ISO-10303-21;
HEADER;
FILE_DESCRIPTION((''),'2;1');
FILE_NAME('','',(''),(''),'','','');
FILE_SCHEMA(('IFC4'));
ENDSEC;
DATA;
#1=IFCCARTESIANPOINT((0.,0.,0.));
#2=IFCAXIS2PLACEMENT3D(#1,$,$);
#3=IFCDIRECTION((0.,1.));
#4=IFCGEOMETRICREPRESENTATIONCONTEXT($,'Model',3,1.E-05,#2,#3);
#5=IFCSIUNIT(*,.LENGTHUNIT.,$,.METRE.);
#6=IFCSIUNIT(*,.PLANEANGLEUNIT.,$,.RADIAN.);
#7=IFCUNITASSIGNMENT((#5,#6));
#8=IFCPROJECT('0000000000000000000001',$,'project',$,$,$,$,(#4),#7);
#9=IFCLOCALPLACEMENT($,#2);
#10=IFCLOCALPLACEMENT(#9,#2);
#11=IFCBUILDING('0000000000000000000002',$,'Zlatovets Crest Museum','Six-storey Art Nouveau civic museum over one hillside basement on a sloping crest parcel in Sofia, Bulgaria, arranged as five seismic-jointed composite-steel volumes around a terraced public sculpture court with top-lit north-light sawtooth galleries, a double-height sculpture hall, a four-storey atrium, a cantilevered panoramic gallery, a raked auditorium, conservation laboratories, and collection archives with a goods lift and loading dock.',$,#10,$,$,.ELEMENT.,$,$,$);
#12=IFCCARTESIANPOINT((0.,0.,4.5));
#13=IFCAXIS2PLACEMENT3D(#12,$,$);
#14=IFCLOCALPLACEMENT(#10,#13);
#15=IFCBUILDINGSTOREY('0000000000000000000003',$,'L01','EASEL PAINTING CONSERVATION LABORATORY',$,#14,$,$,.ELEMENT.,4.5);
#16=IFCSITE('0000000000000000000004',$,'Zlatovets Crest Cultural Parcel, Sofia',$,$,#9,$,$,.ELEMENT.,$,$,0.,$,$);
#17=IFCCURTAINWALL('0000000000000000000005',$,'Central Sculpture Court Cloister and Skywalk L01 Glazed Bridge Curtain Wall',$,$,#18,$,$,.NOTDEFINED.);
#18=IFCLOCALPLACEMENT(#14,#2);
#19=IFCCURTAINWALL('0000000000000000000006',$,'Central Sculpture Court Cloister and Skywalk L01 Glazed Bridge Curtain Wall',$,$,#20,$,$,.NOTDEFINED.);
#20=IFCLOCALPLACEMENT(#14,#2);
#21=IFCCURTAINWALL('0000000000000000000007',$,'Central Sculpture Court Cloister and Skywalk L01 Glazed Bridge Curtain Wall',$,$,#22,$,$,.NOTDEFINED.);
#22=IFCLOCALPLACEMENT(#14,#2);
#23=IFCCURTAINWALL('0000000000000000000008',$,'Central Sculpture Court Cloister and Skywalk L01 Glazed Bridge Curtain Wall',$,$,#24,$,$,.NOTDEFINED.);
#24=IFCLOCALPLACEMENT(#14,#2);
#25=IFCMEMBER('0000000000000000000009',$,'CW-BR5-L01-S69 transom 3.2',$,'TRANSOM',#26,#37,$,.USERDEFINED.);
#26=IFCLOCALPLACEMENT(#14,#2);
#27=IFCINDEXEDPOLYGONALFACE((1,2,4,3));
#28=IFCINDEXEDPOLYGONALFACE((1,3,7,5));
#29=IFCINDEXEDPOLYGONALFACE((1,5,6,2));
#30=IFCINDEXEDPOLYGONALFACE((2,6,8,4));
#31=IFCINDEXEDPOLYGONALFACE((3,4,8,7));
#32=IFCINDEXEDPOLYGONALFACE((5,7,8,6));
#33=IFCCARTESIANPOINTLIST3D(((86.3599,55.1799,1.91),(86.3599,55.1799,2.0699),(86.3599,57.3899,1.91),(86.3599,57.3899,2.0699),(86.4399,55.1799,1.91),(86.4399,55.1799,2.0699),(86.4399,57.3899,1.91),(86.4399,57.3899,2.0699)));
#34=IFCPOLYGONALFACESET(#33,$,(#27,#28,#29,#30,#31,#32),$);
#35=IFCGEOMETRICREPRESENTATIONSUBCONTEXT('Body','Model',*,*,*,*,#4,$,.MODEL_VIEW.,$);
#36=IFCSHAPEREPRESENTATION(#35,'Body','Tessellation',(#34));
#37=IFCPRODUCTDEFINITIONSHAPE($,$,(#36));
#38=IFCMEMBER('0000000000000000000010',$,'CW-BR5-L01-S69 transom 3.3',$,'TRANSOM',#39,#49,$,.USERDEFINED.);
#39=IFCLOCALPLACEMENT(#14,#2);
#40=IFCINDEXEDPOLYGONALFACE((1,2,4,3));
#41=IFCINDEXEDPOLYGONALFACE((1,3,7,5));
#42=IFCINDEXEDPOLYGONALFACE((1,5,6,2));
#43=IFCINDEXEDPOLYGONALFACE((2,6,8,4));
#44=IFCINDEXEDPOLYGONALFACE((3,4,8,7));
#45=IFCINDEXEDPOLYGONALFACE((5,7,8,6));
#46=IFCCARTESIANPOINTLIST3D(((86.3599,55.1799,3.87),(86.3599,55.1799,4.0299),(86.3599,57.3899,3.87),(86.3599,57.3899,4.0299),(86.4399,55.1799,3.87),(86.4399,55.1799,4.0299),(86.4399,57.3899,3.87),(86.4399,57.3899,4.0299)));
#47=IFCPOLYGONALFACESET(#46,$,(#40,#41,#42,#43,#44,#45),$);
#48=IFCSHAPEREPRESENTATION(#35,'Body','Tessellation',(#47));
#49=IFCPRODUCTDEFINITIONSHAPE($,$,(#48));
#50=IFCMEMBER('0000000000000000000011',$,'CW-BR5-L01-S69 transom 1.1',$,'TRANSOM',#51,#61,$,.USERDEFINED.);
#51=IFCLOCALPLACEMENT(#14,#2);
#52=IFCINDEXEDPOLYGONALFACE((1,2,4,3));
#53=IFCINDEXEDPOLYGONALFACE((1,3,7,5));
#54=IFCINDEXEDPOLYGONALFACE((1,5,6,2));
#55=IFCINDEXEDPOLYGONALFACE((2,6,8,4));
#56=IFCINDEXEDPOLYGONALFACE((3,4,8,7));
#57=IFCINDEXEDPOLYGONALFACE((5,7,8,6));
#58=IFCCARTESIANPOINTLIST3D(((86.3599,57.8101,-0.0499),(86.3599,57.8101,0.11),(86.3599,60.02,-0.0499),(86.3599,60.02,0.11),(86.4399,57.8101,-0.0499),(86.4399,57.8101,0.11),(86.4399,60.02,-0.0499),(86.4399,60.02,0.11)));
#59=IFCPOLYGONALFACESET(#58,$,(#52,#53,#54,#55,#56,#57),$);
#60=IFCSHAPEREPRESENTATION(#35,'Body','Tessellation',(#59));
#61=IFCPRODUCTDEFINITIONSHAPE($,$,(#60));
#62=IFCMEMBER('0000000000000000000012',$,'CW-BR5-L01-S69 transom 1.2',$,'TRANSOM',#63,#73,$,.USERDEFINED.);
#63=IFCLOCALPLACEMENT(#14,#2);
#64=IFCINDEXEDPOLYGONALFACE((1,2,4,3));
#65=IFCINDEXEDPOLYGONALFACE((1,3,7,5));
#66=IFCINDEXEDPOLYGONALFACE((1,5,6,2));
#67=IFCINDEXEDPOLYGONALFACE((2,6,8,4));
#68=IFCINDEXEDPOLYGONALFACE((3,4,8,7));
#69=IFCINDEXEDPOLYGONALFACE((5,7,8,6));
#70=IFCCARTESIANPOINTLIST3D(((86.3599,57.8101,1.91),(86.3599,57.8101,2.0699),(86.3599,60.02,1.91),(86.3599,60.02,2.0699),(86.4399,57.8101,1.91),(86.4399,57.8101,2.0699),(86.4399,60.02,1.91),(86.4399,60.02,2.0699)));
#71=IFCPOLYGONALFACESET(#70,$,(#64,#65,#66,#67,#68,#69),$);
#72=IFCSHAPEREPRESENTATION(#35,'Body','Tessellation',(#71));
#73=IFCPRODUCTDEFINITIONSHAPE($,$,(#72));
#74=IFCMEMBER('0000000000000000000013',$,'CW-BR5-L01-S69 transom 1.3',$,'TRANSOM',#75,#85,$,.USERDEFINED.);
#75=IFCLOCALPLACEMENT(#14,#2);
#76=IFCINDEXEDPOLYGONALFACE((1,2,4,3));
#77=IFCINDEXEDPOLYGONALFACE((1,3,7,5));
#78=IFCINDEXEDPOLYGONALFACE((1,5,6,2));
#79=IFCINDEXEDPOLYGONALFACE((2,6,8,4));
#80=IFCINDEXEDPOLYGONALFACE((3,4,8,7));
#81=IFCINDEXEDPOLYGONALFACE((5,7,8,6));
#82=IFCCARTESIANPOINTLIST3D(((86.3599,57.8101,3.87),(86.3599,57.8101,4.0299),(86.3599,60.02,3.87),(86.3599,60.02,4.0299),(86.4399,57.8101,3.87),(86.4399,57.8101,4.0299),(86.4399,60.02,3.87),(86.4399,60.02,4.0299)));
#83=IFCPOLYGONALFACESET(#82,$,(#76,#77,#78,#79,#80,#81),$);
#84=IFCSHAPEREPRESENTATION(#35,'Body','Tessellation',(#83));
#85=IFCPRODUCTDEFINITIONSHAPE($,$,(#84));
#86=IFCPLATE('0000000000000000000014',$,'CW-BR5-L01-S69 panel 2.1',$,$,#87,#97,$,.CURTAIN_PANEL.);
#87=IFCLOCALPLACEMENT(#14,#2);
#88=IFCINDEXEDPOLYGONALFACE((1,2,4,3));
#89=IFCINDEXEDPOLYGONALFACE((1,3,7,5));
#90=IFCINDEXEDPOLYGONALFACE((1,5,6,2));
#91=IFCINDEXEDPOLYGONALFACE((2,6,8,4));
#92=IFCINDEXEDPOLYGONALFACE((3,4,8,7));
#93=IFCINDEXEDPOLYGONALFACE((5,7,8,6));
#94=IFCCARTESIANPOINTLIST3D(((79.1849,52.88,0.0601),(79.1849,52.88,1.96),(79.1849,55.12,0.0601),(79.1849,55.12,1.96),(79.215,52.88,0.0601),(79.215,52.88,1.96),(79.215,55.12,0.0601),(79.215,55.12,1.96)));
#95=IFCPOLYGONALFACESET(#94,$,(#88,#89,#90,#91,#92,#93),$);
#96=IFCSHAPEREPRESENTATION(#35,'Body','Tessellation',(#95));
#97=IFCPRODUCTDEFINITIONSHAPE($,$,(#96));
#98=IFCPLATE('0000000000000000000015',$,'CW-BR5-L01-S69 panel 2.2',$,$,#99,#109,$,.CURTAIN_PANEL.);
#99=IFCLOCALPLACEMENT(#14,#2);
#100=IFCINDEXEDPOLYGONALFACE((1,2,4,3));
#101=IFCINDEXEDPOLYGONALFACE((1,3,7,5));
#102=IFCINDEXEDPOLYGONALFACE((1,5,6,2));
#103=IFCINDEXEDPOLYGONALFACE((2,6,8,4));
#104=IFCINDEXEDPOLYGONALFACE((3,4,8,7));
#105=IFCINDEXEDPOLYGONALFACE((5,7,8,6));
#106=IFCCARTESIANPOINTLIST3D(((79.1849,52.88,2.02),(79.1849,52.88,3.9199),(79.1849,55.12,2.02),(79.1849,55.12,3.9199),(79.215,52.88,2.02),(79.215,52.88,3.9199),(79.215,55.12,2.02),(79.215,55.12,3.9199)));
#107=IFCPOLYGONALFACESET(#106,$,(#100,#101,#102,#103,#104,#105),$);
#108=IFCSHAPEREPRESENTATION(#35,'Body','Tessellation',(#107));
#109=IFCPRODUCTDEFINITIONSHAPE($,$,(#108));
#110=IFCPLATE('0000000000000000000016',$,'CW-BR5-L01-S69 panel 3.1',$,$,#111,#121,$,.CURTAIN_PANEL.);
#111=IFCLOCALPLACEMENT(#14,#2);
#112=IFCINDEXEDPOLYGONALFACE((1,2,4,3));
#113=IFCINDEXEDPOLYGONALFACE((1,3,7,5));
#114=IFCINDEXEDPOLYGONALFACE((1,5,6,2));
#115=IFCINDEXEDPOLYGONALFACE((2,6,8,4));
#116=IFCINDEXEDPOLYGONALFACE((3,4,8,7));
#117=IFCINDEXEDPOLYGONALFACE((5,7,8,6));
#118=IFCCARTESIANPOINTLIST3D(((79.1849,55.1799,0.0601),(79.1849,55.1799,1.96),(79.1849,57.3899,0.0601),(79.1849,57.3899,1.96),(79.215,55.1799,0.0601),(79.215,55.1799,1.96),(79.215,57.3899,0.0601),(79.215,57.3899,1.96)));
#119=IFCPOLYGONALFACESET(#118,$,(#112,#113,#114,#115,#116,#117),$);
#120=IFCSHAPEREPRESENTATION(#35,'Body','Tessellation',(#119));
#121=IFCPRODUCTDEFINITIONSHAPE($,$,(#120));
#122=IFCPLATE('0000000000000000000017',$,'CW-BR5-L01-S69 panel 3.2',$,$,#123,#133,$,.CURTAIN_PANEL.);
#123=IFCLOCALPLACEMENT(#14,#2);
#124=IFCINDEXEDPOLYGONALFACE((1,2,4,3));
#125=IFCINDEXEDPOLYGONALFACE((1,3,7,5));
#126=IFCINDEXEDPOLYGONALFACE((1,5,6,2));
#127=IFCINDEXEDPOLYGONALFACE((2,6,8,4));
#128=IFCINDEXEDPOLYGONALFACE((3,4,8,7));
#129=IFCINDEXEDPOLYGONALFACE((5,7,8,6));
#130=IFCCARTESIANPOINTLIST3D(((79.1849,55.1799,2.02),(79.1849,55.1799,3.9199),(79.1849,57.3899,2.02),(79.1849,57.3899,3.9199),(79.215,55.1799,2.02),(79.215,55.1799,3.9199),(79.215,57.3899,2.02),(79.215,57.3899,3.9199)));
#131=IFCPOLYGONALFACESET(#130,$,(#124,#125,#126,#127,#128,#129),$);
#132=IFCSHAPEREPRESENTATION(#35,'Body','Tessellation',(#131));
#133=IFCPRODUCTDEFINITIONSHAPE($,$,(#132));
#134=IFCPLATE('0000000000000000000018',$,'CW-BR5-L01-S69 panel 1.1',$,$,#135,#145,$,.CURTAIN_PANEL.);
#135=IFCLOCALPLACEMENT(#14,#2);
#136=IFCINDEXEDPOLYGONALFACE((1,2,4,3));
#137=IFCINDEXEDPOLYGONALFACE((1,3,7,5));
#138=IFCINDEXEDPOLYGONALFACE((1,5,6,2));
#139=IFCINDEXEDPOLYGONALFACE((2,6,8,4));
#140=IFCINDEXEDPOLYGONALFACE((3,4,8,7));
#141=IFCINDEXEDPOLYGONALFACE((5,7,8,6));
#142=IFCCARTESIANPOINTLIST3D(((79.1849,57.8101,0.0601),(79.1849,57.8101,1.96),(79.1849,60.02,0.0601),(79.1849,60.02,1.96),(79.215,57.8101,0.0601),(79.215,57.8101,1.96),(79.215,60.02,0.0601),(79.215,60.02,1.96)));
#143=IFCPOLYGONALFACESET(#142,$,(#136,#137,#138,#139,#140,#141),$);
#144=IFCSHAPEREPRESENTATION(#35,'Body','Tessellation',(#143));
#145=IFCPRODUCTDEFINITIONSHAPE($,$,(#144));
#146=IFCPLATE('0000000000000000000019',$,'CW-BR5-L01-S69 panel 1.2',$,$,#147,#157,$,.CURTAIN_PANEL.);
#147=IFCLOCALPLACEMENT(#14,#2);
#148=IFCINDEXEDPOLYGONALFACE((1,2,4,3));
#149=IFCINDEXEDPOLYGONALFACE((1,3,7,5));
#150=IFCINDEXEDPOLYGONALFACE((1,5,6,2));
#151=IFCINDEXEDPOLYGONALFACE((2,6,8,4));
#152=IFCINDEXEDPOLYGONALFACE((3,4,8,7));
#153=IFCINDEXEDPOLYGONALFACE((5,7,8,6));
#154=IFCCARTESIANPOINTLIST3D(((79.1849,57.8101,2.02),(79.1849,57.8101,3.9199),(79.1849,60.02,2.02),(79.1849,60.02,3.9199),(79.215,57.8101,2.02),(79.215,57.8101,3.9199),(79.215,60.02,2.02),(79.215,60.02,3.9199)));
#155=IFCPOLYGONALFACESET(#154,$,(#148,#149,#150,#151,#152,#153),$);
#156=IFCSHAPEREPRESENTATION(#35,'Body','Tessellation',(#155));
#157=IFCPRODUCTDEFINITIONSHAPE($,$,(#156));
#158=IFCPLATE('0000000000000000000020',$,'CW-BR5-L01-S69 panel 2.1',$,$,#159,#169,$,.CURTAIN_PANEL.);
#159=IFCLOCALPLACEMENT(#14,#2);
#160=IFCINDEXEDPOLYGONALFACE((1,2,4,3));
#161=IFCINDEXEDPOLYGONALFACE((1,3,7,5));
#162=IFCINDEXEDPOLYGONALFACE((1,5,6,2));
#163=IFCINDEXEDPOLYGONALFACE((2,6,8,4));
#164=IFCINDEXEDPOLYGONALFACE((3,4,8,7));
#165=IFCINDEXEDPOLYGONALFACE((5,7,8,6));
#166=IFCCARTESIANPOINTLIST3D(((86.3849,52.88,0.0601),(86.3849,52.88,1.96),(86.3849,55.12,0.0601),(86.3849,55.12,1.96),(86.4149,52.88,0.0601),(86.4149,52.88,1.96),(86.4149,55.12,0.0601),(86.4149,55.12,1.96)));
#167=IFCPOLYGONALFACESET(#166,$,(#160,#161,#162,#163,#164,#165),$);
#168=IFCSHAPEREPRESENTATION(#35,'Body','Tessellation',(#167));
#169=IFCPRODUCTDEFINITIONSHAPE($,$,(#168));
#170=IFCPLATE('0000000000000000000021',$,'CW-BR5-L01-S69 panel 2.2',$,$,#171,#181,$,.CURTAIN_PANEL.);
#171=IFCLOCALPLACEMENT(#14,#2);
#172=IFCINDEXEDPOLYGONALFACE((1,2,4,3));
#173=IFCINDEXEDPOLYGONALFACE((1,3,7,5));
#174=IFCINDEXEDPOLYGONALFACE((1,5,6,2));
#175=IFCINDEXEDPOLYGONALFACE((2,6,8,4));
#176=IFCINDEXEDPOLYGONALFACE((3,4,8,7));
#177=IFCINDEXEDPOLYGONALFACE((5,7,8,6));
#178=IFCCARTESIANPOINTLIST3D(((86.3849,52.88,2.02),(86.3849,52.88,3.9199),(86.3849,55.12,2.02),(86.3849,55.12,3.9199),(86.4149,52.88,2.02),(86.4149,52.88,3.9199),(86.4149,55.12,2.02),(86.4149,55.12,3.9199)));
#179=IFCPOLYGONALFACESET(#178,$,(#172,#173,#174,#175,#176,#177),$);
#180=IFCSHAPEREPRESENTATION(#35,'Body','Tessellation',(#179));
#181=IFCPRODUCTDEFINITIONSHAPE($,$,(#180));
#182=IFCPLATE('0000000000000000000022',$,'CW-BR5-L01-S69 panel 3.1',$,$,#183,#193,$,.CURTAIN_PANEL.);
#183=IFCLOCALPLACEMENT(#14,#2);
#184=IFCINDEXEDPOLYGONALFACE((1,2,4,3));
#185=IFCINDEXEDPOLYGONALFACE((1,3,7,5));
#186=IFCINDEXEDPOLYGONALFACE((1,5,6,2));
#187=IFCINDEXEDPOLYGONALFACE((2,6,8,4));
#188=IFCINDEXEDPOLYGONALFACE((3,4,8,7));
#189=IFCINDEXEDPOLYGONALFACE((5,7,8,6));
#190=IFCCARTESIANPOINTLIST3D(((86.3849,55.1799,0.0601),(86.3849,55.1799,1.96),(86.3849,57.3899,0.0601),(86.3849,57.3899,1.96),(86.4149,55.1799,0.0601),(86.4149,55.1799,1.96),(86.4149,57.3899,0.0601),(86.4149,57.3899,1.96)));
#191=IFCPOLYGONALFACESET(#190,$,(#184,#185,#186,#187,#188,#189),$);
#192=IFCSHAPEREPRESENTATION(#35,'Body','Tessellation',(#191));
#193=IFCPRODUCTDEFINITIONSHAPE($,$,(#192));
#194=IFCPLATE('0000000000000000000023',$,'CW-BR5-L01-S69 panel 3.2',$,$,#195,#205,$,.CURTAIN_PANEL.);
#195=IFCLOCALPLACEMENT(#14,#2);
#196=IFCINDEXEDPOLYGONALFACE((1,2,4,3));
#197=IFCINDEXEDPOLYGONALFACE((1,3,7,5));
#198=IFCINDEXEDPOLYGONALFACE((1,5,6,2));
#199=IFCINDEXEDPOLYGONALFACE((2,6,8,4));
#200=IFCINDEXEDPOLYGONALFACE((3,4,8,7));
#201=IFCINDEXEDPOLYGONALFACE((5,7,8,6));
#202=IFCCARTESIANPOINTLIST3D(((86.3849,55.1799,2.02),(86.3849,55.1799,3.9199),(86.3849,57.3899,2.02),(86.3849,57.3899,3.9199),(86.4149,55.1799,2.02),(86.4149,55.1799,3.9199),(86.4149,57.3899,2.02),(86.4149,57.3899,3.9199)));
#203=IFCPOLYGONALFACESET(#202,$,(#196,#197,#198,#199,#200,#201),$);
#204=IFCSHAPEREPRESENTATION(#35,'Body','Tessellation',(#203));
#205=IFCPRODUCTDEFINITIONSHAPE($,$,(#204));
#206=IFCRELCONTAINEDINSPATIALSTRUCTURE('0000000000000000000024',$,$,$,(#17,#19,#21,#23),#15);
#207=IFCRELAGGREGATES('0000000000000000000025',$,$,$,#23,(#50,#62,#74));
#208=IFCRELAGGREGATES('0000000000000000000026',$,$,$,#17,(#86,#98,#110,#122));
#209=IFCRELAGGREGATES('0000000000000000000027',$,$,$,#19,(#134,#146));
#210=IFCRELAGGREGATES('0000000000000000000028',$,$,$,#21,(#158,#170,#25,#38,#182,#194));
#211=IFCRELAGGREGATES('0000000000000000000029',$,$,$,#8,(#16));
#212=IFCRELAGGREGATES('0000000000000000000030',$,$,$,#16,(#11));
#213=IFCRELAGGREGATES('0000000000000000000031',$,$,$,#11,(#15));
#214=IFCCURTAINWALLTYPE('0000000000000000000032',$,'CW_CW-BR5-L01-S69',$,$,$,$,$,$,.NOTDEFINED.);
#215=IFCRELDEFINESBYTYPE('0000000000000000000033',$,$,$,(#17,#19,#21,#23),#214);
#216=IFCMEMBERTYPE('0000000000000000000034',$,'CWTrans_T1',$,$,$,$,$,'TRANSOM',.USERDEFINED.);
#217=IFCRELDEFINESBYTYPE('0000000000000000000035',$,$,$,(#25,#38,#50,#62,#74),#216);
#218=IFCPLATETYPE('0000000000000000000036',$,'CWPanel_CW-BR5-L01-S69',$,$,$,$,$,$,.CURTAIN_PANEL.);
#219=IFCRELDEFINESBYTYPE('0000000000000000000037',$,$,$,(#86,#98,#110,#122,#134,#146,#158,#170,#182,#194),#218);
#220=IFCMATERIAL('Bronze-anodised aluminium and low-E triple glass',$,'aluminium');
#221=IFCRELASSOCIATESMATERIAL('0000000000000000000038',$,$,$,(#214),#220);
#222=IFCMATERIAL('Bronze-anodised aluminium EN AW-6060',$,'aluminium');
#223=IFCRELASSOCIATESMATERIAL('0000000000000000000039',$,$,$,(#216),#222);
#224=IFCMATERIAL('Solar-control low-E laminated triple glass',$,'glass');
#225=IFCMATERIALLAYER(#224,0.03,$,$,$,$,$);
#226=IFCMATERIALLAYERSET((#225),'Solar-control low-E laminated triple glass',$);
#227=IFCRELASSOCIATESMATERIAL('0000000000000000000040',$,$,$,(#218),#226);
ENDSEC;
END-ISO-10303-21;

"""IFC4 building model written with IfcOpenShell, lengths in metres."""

from ifc_helpers import new_model, si_unit, direction, frame, origin, origin_2d, place, context, subcontext, project, spatial, rectangle, extrude, material, layer, layer_set, material_profile, profile_set, type_object, element, aggregate, save


model = new_model("IFC4")

# Units and contexts
model_context = context("Model", 3, precision=1e-05, world=origin(), true_north=direction((0.0, 1.0)))
body_context = subcontext(model_context, "Body", "Model", "MODEL_VIEW")
ifc_project = project(units=[si_unit("LENGTHUNIT", "METRE"), si_unit("PLANEANGLEUNIT", "RADIAN")], contexts=[model_context])

# Site, building, storey
site_placement = place(None, origin())
site = spatial("IfcSite", under=ifc_project, at=site_placement, Name="Zlatovets Crest Cultural Parcel, Sofia", CompositionType="ELEMENT", RefElevation=0.0)
building_placement = place(site_placement, origin())
building = spatial("IfcBuilding", under=site, at=building_placement, Name="Zlatovets Crest Museum", Description="Six-storey Art Nouveau civic museum over one hillside basement on a sloping crest parcel in Sofia, Bulgaria, arranged as five seismic-jointed composite-steel volumes around a terraced public sculpture court with top-lit north-light sawtooth galleries, a double-height sculpture hall, a four-storey atrium, a cantilevered panoramic gallery, a raked auditorium, conservation laboratories, and collection archives with a goods lift and loading dock.", CompositionType="ELEMENT")
storey_placement = place(building_placement, frame((0.0, 0.0, 4.5)))
storey = spatial("IfcBuildingStorey", under=building, at=storey_placement, Name="L01", Description="EASEL PAINTING CONSERVATION LABORATORY", CompositionType="ELEMENT", Elevation=4.5)

# Curtain wall
ifc_material_1 = material(Name="Bronze-anodised aluminium and low-E triple glass", Category="aluminium")
curtain_wall_type = type_object("IfcCurtainWallType", Name="CW_CW-BR5-L01-S69", PredefinedType="NOTDEFINED", material=ifc_material_1)
curtain_wall_1_placement = place(storey_placement, origin())
curtain_wall_1 = element("IfcCurtainWall", 1, at=curtain_wall_1_placement, inside=storey, type_object=curtain_wall_type, Name="Central Sculpture Court Cloister and Skywalk L01 Glazed Bridge Curtain Wall", PredefinedType="NOTDEFINED")
ifc_material_2 = material(Name="Bronze-anodised aluminium EN AW-6060", Category="aluminium")

# Curtain wall
curtain_wall_2_placement = place(storey_placement, origin())
curtain_wall_2 = element("IfcCurtainWall", 2, at=curtain_wall_2_placement, inside=storey, type_object=curtain_wall_type, Name="Central Sculpture Court Cloister and Skywalk L01 Glazed Bridge Curtain Wall", PredefinedType="NOTDEFINED")

# Curtain wall
curtain_wall_3_placement = place(storey_placement, origin())
curtain_wall_3 = element("IfcCurtainWall", 3, at=curtain_wall_3_placement, inside=storey, type_object=curtain_wall_type, Name="Central Sculpture Court Cloister and Skywalk L01 Glazed Bridge Curtain Wall", PredefinedType="NOTDEFINED")

# Curtain wall
curtain_wall_4_placement = place(storey_placement, origin())
curtain_wall_4 = element("IfcCurtainWall", 4, at=curtain_wall_4_placement, inside=storey, type_object=curtain_wall_type, Name="Central Sculpture Court Cloister and Skywalk L01 Glazed Bridge Curtain Wall", PredefinedType="NOTDEFINED")

# Members
ifc_material_profile_1 = material_profile(ifc_material_2, rectangle(XDim=0.0801, YDim=0.1599, at=origin_2d()), Name="ALU 80x160")
ifc_profile_set_1 = profile_set([ifc_material_profile_1], Name="Bronze-anodised aluminium EN AW-6060")
member_type_1 = type_object("IfcMemberType", Name="CWTrans_T1", ElementType="TRANSOM", PredefinedType="USERDEFINED", material=ifc_profile_set_1)
member_1_placement = place(storey_placement, frame((86.3999, 55.1799, 1.99), z_axis=(0.0, 1.0, 0.0), x_axis=(-1.0, 0.0, 0.0)))
member_1 = element("IfcMember", 5, at=member_1_placement, type_object=member_type_1, Name="CW-BR5-L01-S69 transom 3.2", ObjectType="TRANSOM", PredefinedType="USERDEFINED", context=body_context, shape_type="SweptSolid", body=[
    extrude(rectangle(XDim=0.0801, YDim=0.1599, at=origin_2d()), origin(), (0.0, 0.0, 1.0), 2.21),
])
member_2_placement = place(storey_placement, frame((86.3999, 55.1799, 3.95), z_axis=(0.0, 1.0, 0.0), x_axis=(-1.0, 0.0, 0.0)))
member_2 = element("IfcMember", 6, at=member_2_placement, type_object=member_type_1, Name="CW-BR5-L01-S69 transom 3.3", ObjectType="TRANSOM", PredefinedType="USERDEFINED", context=body_context, shape_type="SweptSolid", body=[
    extrude(rectangle(XDim=0.0801, YDim=0.1599, at=origin_2d()), origin(), (0.0, 0.0, 1.0), 2.21),
])
member_3_placement = place(storey_placement, frame((86.3999, 57.8101, 0.03), z_axis=(0.0, 1.0, 0.0), x_axis=(-1.0, 0.0, 0.0)))
member_3 = element("IfcMember", 7, at=member_3_placement, type_object=member_type_1, Name="CW-BR5-L01-S69 transom 1.1", ObjectType="TRANSOM", PredefinedType="USERDEFINED", context=body_context, shape_type="SweptSolid", body=[
    extrude(rectangle(XDim=0.0801, YDim=0.1599, at=origin_2d()), origin(), (0.0, 0.0, 1.0), 2.21),
])
member_4_placement = place(storey_placement, frame((86.3999, 57.8101, 1.99), z_axis=(0.0, 1.0, 0.0), x_axis=(-1.0, 0.0, 0.0)))
member_4 = element("IfcMember", 8, at=member_4_placement, type_object=member_type_1, Name="CW-BR5-L01-S69 transom 1.2", ObjectType="TRANSOM", PredefinedType="USERDEFINED", context=body_context, shape_type="SweptSolid", body=[
    extrude(rectangle(XDim=0.0801, YDim=0.1599, at=origin_2d()), origin(), (0.0, 0.0, 1.0), 2.21),
])
member_5_placement = place(storey_placement, frame((86.3999, 57.8101, 3.95), z_axis=(0.0, 1.0, 0.0), x_axis=(-1.0, 0.0, 0.0)))
member_5 = element("IfcMember", 9, at=member_5_placement, type_object=member_type_1, Name="CW-BR5-L01-S69 transom 1.3", ObjectType="TRANSOM", PredefinedType="USERDEFINED", context=body_context, shape_type="SweptSolid", body=[
    extrude(rectangle(XDim=0.0801, YDim=0.1599, at=origin_2d()), origin(), (0.0, 0.0, 1.0), 2.21),
])
aggregate(curtain_wall_4, [member_3, member_4, member_5])

# Plates
ifc_material_3 = material(Name="Solar-control low-E laminated triple glass", Category="glass")
ifc_layer = layer(ifc_material_3, 0.03)
ifc_layer_set = layer_set([ifc_layer], Name="Solar-control low-E laminated triple glass")
plate_type = type_object("IfcPlateType", Name="CWPanel_CW-BR5-L01-S69", PredefinedType="CURTAIN_PANEL", material=ifc_layer_set)
plate_1_placement = place(storey_placement, frame((79.2, 54.0, 0.0601), z_axis=(0.0, 0.0, 1.0), x_axis=(0.0, 1.0, 0.0)))
plate_1 = element("IfcPlate", 10, at=plate_1_placement, type_object=plate_type, Name="CW-BR5-L01-S69 panel 2.1", PredefinedType="CURTAIN_PANEL", context=body_context, shape_type="SweptSolid", body=[
    extrude(rectangle(XDim=2.24, YDim=0.03, at=origin_2d()), origin(), (0.0, 0.0, 1.0), 1.8999),
])
plate_2_placement = place(storey_placement, frame((79.2, 54.0, 2.02), z_axis=(0.0, 0.0, 1.0), x_axis=(0.0, 1.0, 0.0)))
plate_2 = element("IfcPlate", 11, at=plate_2_placement, type_object=plate_type, Name="CW-BR5-L01-S69 panel 2.2", PredefinedType="CURTAIN_PANEL", context=body_context, shape_type="SweptSolid", body=[
    extrude(rectangle(XDim=2.24, YDim=0.03, at=origin_2d()), origin(), (0.0, 0.0, 1.0), 1.8999),
])
plate_3_placement = place(storey_placement, frame((79.2, 56.2849, 0.0601), z_axis=(0.0, 0.0, 1.0), x_axis=(0.0, 1.0, 0.0)))
plate_3 = element("IfcPlate", 12, at=plate_3_placement, type_object=plate_type, Name="CW-BR5-L01-S69 panel 3.1", PredefinedType="CURTAIN_PANEL", context=body_context, shape_type="SweptSolid", body=[
    extrude(rectangle(XDim=2.21, YDim=0.03, at=origin_2d()), origin(), (0.0, 0.0, 1.0), 1.8999),
])
plate_4_placement = place(storey_placement, frame((79.2, 56.2849, 2.02), z_axis=(0.0, 0.0, 1.0), x_axis=(0.0, 1.0, 0.0)))
plate_4 = element("IfcPlate", 13, at=plate_4_placement, type_object=plate_type, Name="CW-BR5-L01-S69 panel 3.2", PredefinedType="CURTAIN_PANEL", context=body_context, shape_type="SweptSolid", body=[
    extrude(rectangle(XDim=2.21, YDim=0.03, at=origin_2d()), origin(), (0.0, 0.0, 1.0), 1.8999),
])
aggregate(curtain_wall_1, [plate_1, plate_2, plate_3, plate_4])
plate_5_placement = place(storey_placement, frame((79.2, 58.915, 0.0601), z_axis=(0.0, 0.0, 1.0), x_axis=(0.0, 1.0, 0.0)))
plate_5 = element("IfcPlate", 14, at=plate_5_placement, type_object=plate_type, Name="CW-BR5-L01-S69 panel 1.1", PredefinedType="CURTAIN_PANEL", context=body_context, shape_type="SweptSolid", body=[
    extrude(rectangle(XDim=2.21, YDim=0.03, at=origin_2d()), origin(), (0.0, 0.0, 1.0), 1.8999),
])
plate_6_placement = place(storey_placement, frame((79.2, 58.915, 2.02), z_axis=(0.0, 0.0, 1.0), x_axis=(0.0, 1.0, 0.0)))
plate_6 = element("IfcPlate", 15, at=plate_6_placement, type_object=plate_type, Name="CW-BR5-L01-S69 panel 1.2", PredefinedType="CURTAIN_PANEL", context=body_context, shape_type="SweptSolid", body=[
    extrude(rectangle(XDim=2.21, YDim=0.03, at=origin_2d()), origin(), (0.0, 0.0, 1.0), 1.8999),
])
aggregate(curtain_wall_2, [plate_5, plate_6])
plate_7_placement = place(storey_placement, frame((86.3999, 54.0, 0.0601), z_axis=(0.0, 0.0, 1.0), x_axis=(0.0, 1.0, 0.0)))
plate_7 = element("IfcPlate", 16, at=plate_7_placement, type_object=plate_type, Name="CW-BR5-L01-S69 panel 2.1", PredefinedType="CURTAIN_PANEL", context=body_context, shape_type="SweptSolid", body=[
    extrude(rectangle(XDim=2.24, YDim=0.03, at=origin_2d()), origin(), (0.0, 0.0, 1.0), 1.8999),
])
plate_8_placement = place(storey_placement, frame((86.3999, 54.0, 2.02), z_axis=(0.0, 0.0, 1.0), x_axis=(0.0, 1.0, 0.0)))
plate_8 = element("IfcPlate", 17, at=plate_8_placement, type_object=plate_type, Name="CW-BR5-L01-S69 panel 2.2", PredefinedType="CURTAIN_PANEL", context=body_context, shape_type="SweptSolid", body=[
    extrude(rectangle(XDim=2.24, YDim=0.03, at=origin_2d()), origin(), (0.0, 0.0, 1.0), 1.8999),
])
plate_9_placement = place(storey_placement, frame((86.3999, 56.2849, 0.0601), z_axis=(0.0, 0.0, 1.0), x_axis=(0.0, 1.0, 0.0)))
plate_9 = element("IfcPlate", 18, at=plate_9_placement, type_object=plate_type, Name="CW-BR5-L01-S69 panel 3.1", PredefinedType="CURTAIN_PANEL", context=body_context, shape_type="SweptSolid", body=[
    extrude(rectangle(XDim=2.21, YDim=0.03, at=origin_2d()), origin(), (0.0, 0.0, 1.0), 1.8999),
])
plate_10_placement = place(storey_placement, frame((86.3999, 56.2849, 2.02), z_axis=(0.0, 0.0, 1.0), x_axis=(0.0, 1.0, 0.0)))
plate_10 = element("IfcPlate", 19, at=plate_10_placement, type_object=plate_type, Name="CW-BR5-L01-S69 panel 3.2", PredefinedType="CURTAIN_PANEL", context=body_context, shape_type="SweptSolid", body=[
    extrude(rectangle(XDim=2.21, YDim=0.03, at=origin_2d()), origin(), (0.0, 0.0, 1.0), 1.8999),
])
aggregate(curtain_wall_3, [plate_7, plate_8, member_1, member_2, plate_9, plate_10])

save(model, "model.ifc")
